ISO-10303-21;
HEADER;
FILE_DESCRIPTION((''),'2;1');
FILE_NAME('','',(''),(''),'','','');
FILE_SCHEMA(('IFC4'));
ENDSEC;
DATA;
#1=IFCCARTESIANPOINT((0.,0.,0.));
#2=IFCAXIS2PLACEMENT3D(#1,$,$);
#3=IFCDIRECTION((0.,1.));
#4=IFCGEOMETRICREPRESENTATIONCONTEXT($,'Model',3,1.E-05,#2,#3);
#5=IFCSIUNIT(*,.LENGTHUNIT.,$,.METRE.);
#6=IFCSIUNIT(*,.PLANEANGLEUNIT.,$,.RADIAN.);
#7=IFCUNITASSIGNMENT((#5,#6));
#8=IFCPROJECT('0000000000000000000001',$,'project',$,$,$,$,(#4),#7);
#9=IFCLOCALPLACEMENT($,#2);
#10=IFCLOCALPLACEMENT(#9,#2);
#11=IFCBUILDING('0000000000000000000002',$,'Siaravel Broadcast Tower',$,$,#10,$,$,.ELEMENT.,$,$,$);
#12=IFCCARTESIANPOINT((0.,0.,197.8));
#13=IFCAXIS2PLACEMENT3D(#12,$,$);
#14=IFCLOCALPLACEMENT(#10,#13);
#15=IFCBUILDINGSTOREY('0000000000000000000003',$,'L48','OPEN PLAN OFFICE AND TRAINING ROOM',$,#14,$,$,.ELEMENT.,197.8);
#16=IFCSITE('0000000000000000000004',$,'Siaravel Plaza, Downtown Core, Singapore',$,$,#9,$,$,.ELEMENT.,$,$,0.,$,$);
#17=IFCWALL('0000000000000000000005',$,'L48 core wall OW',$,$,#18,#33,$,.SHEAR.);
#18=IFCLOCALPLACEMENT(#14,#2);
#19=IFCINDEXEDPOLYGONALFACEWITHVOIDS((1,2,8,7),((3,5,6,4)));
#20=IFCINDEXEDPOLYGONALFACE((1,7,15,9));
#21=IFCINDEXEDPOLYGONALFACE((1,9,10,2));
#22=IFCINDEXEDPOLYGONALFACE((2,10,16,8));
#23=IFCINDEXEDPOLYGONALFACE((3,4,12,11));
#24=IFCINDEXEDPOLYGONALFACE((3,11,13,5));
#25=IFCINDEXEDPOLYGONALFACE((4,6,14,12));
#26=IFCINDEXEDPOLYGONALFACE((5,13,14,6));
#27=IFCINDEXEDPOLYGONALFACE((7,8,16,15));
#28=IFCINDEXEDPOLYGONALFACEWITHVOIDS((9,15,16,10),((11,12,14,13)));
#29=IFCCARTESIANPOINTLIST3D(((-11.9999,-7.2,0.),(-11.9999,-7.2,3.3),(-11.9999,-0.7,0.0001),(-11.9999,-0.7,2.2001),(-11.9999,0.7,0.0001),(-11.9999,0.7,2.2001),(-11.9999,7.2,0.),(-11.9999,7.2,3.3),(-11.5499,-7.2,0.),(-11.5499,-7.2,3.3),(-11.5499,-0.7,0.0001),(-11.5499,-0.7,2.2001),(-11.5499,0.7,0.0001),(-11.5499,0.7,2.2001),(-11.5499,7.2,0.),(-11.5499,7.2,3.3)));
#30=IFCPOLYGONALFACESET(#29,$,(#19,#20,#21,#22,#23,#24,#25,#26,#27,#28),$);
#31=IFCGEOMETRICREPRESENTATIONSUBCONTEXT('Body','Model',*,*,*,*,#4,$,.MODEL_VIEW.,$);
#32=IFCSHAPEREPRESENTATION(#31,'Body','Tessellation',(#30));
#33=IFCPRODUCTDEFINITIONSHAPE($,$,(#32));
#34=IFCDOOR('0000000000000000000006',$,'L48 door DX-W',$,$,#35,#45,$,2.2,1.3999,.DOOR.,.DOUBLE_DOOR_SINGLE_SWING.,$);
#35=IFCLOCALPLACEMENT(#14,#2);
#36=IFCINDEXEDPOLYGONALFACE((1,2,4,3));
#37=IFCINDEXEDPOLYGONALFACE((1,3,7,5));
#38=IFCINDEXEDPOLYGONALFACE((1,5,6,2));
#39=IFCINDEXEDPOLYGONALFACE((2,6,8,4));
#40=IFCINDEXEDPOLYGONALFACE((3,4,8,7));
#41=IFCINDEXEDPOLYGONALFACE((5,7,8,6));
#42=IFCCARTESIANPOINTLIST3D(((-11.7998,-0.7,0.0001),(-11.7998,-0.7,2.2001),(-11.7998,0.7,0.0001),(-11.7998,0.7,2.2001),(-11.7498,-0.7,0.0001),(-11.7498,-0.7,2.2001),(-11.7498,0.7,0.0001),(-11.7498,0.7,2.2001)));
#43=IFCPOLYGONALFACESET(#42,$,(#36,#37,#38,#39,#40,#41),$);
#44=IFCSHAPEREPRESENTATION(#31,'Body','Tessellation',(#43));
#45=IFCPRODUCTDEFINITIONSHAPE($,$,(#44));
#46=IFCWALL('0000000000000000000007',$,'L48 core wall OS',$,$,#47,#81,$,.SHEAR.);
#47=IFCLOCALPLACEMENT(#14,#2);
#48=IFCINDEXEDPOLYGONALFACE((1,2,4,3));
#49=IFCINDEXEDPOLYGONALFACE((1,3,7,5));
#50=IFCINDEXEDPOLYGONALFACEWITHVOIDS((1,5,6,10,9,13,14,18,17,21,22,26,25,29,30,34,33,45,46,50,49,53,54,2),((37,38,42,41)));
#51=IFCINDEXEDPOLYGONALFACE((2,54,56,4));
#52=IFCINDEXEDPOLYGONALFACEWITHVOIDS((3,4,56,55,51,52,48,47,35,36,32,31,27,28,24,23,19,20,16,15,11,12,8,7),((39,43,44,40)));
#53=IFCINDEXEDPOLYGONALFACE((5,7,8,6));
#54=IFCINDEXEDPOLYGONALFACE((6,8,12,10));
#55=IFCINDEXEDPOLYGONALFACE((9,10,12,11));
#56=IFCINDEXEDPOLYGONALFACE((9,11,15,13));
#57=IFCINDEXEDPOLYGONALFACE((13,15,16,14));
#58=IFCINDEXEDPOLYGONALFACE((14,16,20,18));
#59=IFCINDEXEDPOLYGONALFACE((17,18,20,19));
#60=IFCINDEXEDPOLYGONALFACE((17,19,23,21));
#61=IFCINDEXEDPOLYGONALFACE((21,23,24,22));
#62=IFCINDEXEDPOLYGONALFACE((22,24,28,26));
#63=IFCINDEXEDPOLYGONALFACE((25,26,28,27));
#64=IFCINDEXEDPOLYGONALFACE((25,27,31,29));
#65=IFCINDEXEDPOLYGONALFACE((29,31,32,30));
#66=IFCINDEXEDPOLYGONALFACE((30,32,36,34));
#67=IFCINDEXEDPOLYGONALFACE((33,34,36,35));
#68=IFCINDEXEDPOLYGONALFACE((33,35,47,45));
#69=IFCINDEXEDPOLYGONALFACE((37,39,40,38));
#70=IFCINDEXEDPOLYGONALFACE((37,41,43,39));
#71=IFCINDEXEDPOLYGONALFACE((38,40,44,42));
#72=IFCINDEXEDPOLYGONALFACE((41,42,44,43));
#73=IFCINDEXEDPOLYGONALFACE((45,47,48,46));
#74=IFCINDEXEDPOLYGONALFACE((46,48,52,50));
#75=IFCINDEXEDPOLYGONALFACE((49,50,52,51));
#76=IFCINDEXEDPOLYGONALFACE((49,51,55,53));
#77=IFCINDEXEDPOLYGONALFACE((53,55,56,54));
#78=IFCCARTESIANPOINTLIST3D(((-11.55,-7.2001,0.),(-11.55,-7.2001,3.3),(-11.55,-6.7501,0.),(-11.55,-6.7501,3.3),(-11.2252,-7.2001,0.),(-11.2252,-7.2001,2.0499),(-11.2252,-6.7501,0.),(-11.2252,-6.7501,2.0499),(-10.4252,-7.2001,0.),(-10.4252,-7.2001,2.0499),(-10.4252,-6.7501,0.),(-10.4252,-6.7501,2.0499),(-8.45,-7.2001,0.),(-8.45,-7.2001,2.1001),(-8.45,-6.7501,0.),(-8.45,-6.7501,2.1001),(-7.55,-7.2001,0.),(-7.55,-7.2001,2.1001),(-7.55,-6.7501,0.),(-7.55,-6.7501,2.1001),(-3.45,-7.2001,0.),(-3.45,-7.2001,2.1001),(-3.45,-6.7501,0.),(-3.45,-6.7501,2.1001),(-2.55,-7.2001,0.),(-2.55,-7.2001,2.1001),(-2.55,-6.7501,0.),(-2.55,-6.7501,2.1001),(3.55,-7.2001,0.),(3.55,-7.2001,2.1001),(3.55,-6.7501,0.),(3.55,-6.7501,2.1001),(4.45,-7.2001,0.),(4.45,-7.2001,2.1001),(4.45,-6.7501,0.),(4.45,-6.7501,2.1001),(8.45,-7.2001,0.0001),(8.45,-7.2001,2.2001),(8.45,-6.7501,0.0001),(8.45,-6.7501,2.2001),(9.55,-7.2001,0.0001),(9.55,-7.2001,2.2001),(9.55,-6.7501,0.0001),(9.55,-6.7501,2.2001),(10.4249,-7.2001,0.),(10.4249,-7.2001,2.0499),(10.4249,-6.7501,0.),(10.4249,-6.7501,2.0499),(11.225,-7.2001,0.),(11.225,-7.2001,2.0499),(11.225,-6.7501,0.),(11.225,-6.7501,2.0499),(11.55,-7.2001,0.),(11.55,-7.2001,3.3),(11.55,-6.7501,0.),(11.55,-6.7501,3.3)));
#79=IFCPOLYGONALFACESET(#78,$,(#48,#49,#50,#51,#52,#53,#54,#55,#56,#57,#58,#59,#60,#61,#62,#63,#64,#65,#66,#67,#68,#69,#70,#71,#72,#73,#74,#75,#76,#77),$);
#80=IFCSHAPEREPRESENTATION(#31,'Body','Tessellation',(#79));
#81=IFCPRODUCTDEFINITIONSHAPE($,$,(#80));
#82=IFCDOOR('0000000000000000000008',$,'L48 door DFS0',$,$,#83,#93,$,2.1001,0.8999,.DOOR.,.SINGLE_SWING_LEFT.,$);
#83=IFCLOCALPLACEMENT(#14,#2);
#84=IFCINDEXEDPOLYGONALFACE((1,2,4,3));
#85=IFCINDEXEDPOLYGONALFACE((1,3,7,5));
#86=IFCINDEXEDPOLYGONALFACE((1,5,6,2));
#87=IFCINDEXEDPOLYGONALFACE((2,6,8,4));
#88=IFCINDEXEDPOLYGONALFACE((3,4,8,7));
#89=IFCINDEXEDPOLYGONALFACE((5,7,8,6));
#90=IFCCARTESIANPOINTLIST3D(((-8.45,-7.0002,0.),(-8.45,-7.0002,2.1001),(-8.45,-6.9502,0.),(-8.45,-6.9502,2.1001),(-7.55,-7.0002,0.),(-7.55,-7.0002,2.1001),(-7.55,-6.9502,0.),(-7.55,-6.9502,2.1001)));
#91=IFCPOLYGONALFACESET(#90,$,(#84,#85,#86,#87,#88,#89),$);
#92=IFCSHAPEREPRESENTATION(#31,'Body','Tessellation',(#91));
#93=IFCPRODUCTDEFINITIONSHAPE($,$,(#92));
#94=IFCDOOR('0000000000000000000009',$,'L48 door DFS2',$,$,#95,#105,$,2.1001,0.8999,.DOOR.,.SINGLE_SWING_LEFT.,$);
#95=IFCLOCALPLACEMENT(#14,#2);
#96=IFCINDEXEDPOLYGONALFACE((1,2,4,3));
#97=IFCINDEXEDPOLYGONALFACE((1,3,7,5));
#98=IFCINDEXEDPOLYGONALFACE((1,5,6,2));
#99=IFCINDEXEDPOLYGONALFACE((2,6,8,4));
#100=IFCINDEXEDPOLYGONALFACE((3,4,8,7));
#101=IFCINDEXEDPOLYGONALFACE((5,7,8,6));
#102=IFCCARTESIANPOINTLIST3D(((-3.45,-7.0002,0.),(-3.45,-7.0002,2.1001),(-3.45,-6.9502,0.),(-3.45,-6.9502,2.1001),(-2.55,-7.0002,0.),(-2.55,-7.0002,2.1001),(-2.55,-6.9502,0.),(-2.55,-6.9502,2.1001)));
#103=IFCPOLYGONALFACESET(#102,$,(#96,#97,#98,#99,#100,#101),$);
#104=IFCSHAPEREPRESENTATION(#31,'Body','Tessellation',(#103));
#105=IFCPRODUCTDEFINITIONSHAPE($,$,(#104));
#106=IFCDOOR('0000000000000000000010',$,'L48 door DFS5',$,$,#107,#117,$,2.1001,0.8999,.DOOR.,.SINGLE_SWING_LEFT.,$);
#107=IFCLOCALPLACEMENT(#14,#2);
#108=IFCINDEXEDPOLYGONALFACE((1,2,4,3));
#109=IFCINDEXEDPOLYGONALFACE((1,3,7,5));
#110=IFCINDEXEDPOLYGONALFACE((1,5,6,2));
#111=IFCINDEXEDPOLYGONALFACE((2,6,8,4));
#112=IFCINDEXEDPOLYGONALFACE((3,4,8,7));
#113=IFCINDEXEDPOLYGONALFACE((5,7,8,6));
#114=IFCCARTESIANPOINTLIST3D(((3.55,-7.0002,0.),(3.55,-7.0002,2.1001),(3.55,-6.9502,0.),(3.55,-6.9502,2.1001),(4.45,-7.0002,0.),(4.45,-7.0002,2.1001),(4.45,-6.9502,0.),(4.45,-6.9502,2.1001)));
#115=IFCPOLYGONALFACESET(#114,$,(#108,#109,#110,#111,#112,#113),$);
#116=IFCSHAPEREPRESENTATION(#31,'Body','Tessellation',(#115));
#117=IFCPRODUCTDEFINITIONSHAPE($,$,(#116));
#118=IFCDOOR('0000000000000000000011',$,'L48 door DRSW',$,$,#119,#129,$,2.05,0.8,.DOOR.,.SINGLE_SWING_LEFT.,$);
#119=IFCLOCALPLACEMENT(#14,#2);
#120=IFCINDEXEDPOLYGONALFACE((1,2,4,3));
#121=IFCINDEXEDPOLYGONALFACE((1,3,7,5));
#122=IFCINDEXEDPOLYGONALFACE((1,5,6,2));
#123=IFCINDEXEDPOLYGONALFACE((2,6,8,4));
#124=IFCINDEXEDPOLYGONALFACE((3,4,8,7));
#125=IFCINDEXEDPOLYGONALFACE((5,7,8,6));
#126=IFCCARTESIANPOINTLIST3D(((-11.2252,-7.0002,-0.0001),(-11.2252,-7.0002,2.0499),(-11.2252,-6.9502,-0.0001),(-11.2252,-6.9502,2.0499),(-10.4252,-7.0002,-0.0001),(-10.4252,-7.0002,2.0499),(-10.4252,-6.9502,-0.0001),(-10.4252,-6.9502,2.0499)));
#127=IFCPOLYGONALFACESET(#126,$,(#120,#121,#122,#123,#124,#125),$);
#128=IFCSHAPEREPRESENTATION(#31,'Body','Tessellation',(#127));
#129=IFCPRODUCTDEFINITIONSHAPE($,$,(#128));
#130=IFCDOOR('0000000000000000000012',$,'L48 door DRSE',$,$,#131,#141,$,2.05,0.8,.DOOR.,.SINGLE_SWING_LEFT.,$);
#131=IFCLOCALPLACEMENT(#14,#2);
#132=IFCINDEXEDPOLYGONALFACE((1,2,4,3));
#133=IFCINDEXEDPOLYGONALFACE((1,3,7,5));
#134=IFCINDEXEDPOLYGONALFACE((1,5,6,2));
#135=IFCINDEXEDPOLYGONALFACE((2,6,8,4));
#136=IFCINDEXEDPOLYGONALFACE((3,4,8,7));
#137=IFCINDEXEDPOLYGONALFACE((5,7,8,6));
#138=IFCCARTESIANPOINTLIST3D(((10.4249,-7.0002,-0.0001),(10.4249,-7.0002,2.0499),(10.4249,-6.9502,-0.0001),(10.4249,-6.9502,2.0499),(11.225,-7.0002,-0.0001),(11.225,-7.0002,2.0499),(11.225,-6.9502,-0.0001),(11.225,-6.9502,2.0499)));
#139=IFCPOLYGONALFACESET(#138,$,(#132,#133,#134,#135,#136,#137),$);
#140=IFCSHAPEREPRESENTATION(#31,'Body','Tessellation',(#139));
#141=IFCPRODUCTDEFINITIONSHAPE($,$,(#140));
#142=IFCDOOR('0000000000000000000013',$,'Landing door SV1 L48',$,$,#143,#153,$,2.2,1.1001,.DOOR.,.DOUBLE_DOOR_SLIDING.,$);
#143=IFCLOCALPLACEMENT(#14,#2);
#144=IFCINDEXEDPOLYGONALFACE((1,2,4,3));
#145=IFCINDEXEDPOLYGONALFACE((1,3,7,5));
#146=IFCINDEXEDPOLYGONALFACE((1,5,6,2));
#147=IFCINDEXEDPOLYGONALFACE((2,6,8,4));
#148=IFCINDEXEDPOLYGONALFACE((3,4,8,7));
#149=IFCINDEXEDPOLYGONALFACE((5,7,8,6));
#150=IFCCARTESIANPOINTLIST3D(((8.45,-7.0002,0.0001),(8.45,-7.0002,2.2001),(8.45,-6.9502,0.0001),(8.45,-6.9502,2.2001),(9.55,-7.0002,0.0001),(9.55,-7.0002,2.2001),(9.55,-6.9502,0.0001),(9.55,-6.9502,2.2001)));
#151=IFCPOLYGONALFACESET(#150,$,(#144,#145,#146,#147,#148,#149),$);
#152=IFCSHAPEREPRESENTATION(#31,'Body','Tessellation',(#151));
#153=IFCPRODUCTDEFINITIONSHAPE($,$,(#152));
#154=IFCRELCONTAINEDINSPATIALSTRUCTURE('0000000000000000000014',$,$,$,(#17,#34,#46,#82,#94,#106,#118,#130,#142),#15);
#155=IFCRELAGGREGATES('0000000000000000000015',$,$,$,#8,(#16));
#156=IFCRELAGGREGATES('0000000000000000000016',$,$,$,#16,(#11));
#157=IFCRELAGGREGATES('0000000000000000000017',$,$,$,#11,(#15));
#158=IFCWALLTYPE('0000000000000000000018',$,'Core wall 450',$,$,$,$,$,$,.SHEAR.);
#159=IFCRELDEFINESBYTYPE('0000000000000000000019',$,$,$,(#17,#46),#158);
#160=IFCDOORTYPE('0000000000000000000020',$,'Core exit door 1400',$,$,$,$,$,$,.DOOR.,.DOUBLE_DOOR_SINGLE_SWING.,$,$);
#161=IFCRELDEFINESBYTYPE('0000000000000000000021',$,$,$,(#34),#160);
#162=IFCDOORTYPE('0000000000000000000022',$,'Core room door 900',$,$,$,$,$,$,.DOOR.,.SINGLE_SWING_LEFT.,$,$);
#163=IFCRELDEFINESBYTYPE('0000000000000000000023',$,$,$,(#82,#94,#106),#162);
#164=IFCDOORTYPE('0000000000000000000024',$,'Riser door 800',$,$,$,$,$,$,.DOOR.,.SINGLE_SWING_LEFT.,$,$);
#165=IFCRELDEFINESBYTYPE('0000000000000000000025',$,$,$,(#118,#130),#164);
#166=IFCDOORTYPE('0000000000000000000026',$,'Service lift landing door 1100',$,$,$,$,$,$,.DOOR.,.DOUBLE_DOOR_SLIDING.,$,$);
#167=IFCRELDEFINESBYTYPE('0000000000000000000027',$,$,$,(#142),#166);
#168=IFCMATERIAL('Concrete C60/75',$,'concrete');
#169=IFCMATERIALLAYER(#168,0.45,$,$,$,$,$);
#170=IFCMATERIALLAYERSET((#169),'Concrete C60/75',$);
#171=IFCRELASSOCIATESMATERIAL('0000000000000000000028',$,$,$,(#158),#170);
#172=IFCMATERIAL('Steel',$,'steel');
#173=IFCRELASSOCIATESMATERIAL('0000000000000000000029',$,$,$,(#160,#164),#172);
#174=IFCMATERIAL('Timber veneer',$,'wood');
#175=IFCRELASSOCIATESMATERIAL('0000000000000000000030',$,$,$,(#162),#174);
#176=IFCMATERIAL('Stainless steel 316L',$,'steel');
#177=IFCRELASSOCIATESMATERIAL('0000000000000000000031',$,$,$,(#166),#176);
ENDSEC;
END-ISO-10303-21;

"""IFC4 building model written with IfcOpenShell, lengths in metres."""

from ifc_helpers import new_model, si_unit, direction, frame, frame_2d, origin, place, context, subcontext, project, spatial, rectangle, extrude, material, layer, layer_set, type_object, element, fill, save


model = new_model("IFC4")

# Units and contexts
model_context = context("Model", 3, precision=1e-05, world=origin(), true_north=direction((0.0, 1.0)))
body_context = subcontext(model_context, "Body", "Model", "MODEL_VIEW")
ifc_project = project(units=[si_unit("LENGTHUNIT", "METRE"), si_unit("PLANEANGLEUNIT", "RADIAN")], contexts=[model_context])

# Site, building, storey
site_placement = place(None, origin())
site = spatial("IfcSite", under=ifc_project, at=site_placement, Name="Siaravel Plaza, Downtown Core, Singapore", CompositionType="ELEMENT", RefElevation=0.0)
building_placement = place(site_placement, origin())
building = spatial("IfcBuilding", under=site, at=building_placement, Name="Siaravel Broadcast Tower", CompositionType="ELEMENT")
storey_placement = place(building_placement, frame((0.0, 0.0, 197.8)))
storey = spatial("IfcBuildingStorey", under=building, at=storey_placement, Name="L48", Description="OPEN PLAN OFFICE AND TRAINING ROOM", CompositionType="ELEMENT", Elevation=197.8)

# Shared definitions
ifc_material_1 = material(Name="Concrete C60/75", Category="concrete")

# Wall, opening, door
ifc_layer_1 = layer(ifc_material_1, 0.45)
ifc_layer_set_1 = layer_set([ifc_layer_1], Name="Concrete C60/75")
wall_type_1 = type_object("IfcWallType", Name="Core wall 450", PredefinedType="SHEAR", material=ifc_layer_set_1)
wall_1_placement = place(storey_placement, frame((-11.7749, -7.2, 0.0), z_axis=(0.0, 0.0, 1.0), x_axis=(0.0, 1.0, 0.0)))
wall_1 = element("IfcWall", 1, at=wall_1_placement, inside=storey, type_object=wall_type_1, Name="L48 core wall OW", PredefinedType="SHEAR", context=body_context, shape_type="SweptSolid", body=[
    extrude(rectangle(XDim=14.3999, YDim=0.45, at=frame_2d((7.2, 0.0))), origin(), (0.0, 0.0, 1.0), 3.3),
])
opening_1_placement = place(wall_1_placement, frame((6.5, 0.0, 0.0)))
opening_1 = element("IfcOpeningElement", 2, at=opening_1_placement, cuts=wall_1, PredefinedType="OPENING", context=body_context, shape_type="SweptSolid", body=[
    extrude(rectangle(XDim=1.3999, YDim=2.2, at=frame_2d((0.7, 1.1001))), frame((0.0, 0.2349, 0.0), z_axis=(0.0, -1.0, 0.0), x_axis=(1.0, 0.0, 0.0)), (0.0, 0.0, 1.0), 0.47),
])
ifc_material_2 = material(Name="Steel", Category="steel")
door_type_1 = type_object("IfcDoorType", Name="Core exit door 1400", OperationType="DOUBLE_DOOR_SINGLE_SWING", PredefinedType="DOOR", material=ifc_material_2)
door_1_placement = place(opening_1_placement, origin())
door_1 = element("IfcDoor", 3, at=door_1_placement, inside=storey, type_object=door_type_1, Name="L48 door DX-W", OperationType="DOUBLE_DOOR_SINGLE_SWING", OverallHeight=2.2, OverallWidth=1.3999, PredefinedType="DOOR", context=body_context, shape_type="SweptSolid", body=[
    extrude(rectangle(XDim=1.3999, YDim=2.2, at=frame_2d((0.7, 1.1001))), frame((0.0, 0.0249, 0.0), z_axis=(0.0, -1.0, 0.0), x_axis=(1.0, 0.0, 0.0)), (0.0, 0.0, 1.0), 0.05),
])
fill(opening_1, door_1)

# Wall, openings, doors
wall_2_placement = place(storey_placement, frame((-11.55, -6.9751, 0.0), z_axis=(0.0, 0.0, 1.0), x_axis=(1.0, 0.0, 0.0)))
wall_2 = element("IfcWall", 4, at=wall_2_placement, inside=storey, type_object=wall_type_1, Name="L48 core wall OS", PredefinedType="SHEAR", context=body_context, shape_type="SweptSolid", body=[
    extrude(rectangle(XDim=23.1001, YDim=0.45, at=frame_2d((11.55, 0.0))), origin(), (0.0, 0.0, 1.0), 3.3),
])
opening_2_placement = place(wall_2_placement, frame((20.0, 0.0, 0.0)))
opening_2 = element("IfcOpeningElement", 5, at=opening_2_placement, cuts=wall_2, PredefinedType="OPENING", context=body_context, shape_type="SweptSolid", body=[
    extrude(rectangle(XDim=1.1001, YDim=2.2, at=frame_2d((0.55, 1.1001))), frame((0.0, 0.2349, 0.0), z_axis=(0.0, -1.0, 0.0), x_axis=(1.0, 0.0, 0.0)), (0.0, 0.0, 1.0), 0.47),
])
opening_3_placement = place(wall_2_placement, frame((3.1001, 0.0, 0.0)))
opening_3 = element("IfcOpeningElement", 6, at=opening_3_placement, cuts=wall_2, PredefinedType="OPENING", context=body_context, shape_type="SweptSolid", body=[
    extrude(rectangle(XDim=0.8999, YDim=2.1001, at=frame_2d((0.45, 1.05))), frame((0.0, 0.2349, 0.0), z_axis=(0.0, -1.0, 0.0), x_axis=(1.0, 0.0, 0.0)), (0.0, 0.0, 1.0), 0.47),
])
opening_4_placement = place(wall_2_placement, frame((8.1001, 0.0, 0.0)))
opening_4 = element("IfcOpeningElement", 7, at=opening_4_placement, cuts=wall_2, PredefinedType="OPENING", context=body_context, shape_type="SweptSolid", body=[
    extrude(rectangle(XDim=0.8999, YDim=2.1001, at=frame_2d((0.45, 1.05))), frame((0.0, 0.2349, 0.0), z_axis=(0.0, -1.0, 0.0), x_axis=(1.0, 0.0, 0.0)), (0.0, 0.0, 1.0), 0.47),
])
opening_5_placement = place(wall_2_placement, frame((15.1001, 0.0, 0.0)))
opening_5 = element("IfcOpeningElement", 8, at=opening_5_placement, cuts=wall_2, PredefinedType="OPENING", context=body_context, shape_type="SweptSolid", body=[
    extrude(rectangle(XDim=0.8999, YDim=2.1001, at=frame_2d((0.45, 1.05))), frame((0.0, 0.2349, 0.0), z_axis=(0.0, -1.0, 0.0), x_axis=(1.0, 0.0, 0.0)), (0.0, 0.0, 1.0), 0.47),
])
opening_6_placement = place(wall_2_placement, frame((0.325, 0.0, 0.0)))
opening_6 = element("IfcOpeningElement", 9, at=opening_6_placement, cuts=wall_2, PredefinedType="OPENING", context=body_context, shape_type="SweptSolid", body=[
    extrude(rectangle(XDim=0.8, YDim=2.05, at=frame_2d((0.3999, 1.0249))), frame((0.0, 0.2349, 0.0), z_axis=(0.0, -1.0, 0.0), x_axis=(1.0, 0.0, 0.0)), (0.0, 0.0, 1.0), 0.47),
])
opening_7_placement = place(wall_2_placement, frame((21.9751, 0.0, 0.0)))
opening_7 = element("IfcOpeningElement", 10, at=opening_7_placement, cuts=wall_2, PredefinedType="OPENING", context=body_context, shape_type="SweptSolid", body=[
    extrude(rectangle(XDim=0.8, YDim=2.05, at=frame_2d((0.3999, 1.0249))), frame((0.0, 0.2349, 0.0), z_axis=(0.0, -1.0, 0.0), x_axis=(1.0, 0.0, 0.0)), (0.0, 0.0, 1.0), 0.47),
])
ifc_material_3 = material(Name="Timber veneer", Category="wood")
door_type_2 = type_object("IfcDoorType", Name="Core room door 900", OperationType="SINGLE_SWING_LEFT", PredefinedType="DOOR", material=ifc_material_3)
door_2_placement = place(opening_3_placement, origin())
door_2 = element("IfcDoor", 11, at=door_2_placement, inside=storey, type_object=door_type_2, Name="L48 door DFS0", OperationType="SINGLE_SWING_LEFT", OverallHeight=2.1001, OverallWidth=0.8999, PredefinedType="DOOR", context=body_context, shape_type="SweptSolid", body=[
    extrude(rectangle(XDim=0.8999, YDim=2.1001, at=frame_2d((0.45, 1.05))), frame((0.0, 0.0249, 0.0), z_axis=(0.0, -1.0, 0.0), x_axis=(1.0, 0.0, 0.0)), (0.0, 0.0, 1.0), 0.05),
])
fill(opening_3, door_2)
door_3_placement = place(opening_4_placement, origin())
door_3 = element("IfcDoor", 12, at=door_3_placement, inside=storey, type_object=door_type_2, Name="L48 door DFS2", OperationType="SINGLE_SWING_LEFT", OverallHeight=2.1001, OverallWidth=0.8999, PredefinedType="DOOR", context=body_context, shape_type="SweptSolid", body=[
    extrude(rectangle(XDim=0.8999, YDim=2.1001, at=frame_2d((0.45, 1.05))), frame((0.0, 0.0249, 0.0), z_axis=(0.0, -1.0, 0.0), x_axis=(1.0, 0.0, 0.0)), (0.0, 0.0, 1.0), 0.05),
])
fill(opening_4, door_3)
door_4_placement = place(opening_5_placement, origin())
door_4 = element("IfcDoor", 13, at=door_4_placement, inside=storey, type_object=door_type_2, Name="L48 door DFS5", OperationType="SINGLE_SWING_LEFT", OverallHeight=2.1001, OverallWidth=0.8999, PredefinedType="DOOR", context=body_context, shape_type="SweptSolid", body=[
    extrude(rectangle(XDim=0.8999, YDim=2.1001, at=frame_2d((0.45, 1.05))), frame((0.0, 0.0249, 0.0), z_axis=(0.0, -1.0, 0.0), x_axis=(1.0, 0.0, 0.0)), (0.0, 0.0, 1.0), 0.05),
])
fill(opening_5, door_4)
door_type_3 = type_object("IfcDoorType", Name="Riser door 800", OperationType="SINGLE_SWING_LEFT", PredefinedType="DOOR", material=ifc_material_2)
door_5_placement = place(opening_6_placement, origin())
door_5 = element("IfcDoor", 14, at=door_5_placement, inside=storey, type_object=door_type_3, Name="L48 door DRSW", OperationType="SINGLE_SWING_LEFT", OverallHeight=2.05, OverallWidth=0.8, PredefinedType="DOOR", context=body_context, shape_type="SweptSolid", body=[
    extrude(rectangle(XDim=0.8, YDim=2.05, at=frame_2d((0.3999, 1.0249))), frame((0.0, 0.0249, 0.0), z_axis=(0.0, -1.0, 0.0), x_axis=(1.0, 0.0, 0.0)), (0.0, 0.0, 1.0), 0.05),
])
fill(opening_6, door_5)
door_6_placement = place(opening_7_placement, origin())
door_6 = element("IfcDoor", 15, at=door_6_placement, inside=storey, type_object=door_type_3, Name="L48 door DRSE", OperationType="SINGLE_SWING_LEFT", OverallHeight=2.05, OverallWidth=0.8, PredefinedType="DOOR", context=body_context, shape_type="SweptSolid", body=[
    extrude(rectangle(XDim=0.8, YDim=2.05, at=frame_2d((0.3999, 1.0249))), frame((0.0, 0.0249, 0.0), z_axis=(0.0, -1.0, 0.0), x_axis=(1.0, 0.0, 0.0)), (0.0, 0.0, 1.0), 0.05),
])
fill(opening_7, door_6)
ifc_material_4 = material(Name="Stainless steel 316L", Category="steel")
door_type_4 = type_object("IfcDoorType", Name="Service lift landing door 1100", OperationType="DOUBLE_DOOR_SLIDING", PredefinedType="DOOR", material=ifc_material_4)
door_7_placement = place(opening_2_placement, origin())
door_7 = element("IfcDoor", 16, at=door_7_placement, inside=storey, type_object=door_type_4, Name="Landing door SV1 L48", OperationType="DOUBLE_DOOR_SLIDING", OverallHeight=2.2, OverallWidth=1.1001, PredefinedType="DOOR", context=body_context, shape_type="SweptSolid", body=[
    extrude(rectangle(XDim=1.1001, YDim=2.2, at=frame_2d((0.55, 1.1001))), frame((0.0, 0.0249, 0.0), z_axis=(0.0, -1.0, 0.0), x_axis=(1.0, 0.0, 0.0)), (0.0, 0.0, 1.0), 0.05),
])
fill(opening_2, door_7)

save(model, "model.ifc")
